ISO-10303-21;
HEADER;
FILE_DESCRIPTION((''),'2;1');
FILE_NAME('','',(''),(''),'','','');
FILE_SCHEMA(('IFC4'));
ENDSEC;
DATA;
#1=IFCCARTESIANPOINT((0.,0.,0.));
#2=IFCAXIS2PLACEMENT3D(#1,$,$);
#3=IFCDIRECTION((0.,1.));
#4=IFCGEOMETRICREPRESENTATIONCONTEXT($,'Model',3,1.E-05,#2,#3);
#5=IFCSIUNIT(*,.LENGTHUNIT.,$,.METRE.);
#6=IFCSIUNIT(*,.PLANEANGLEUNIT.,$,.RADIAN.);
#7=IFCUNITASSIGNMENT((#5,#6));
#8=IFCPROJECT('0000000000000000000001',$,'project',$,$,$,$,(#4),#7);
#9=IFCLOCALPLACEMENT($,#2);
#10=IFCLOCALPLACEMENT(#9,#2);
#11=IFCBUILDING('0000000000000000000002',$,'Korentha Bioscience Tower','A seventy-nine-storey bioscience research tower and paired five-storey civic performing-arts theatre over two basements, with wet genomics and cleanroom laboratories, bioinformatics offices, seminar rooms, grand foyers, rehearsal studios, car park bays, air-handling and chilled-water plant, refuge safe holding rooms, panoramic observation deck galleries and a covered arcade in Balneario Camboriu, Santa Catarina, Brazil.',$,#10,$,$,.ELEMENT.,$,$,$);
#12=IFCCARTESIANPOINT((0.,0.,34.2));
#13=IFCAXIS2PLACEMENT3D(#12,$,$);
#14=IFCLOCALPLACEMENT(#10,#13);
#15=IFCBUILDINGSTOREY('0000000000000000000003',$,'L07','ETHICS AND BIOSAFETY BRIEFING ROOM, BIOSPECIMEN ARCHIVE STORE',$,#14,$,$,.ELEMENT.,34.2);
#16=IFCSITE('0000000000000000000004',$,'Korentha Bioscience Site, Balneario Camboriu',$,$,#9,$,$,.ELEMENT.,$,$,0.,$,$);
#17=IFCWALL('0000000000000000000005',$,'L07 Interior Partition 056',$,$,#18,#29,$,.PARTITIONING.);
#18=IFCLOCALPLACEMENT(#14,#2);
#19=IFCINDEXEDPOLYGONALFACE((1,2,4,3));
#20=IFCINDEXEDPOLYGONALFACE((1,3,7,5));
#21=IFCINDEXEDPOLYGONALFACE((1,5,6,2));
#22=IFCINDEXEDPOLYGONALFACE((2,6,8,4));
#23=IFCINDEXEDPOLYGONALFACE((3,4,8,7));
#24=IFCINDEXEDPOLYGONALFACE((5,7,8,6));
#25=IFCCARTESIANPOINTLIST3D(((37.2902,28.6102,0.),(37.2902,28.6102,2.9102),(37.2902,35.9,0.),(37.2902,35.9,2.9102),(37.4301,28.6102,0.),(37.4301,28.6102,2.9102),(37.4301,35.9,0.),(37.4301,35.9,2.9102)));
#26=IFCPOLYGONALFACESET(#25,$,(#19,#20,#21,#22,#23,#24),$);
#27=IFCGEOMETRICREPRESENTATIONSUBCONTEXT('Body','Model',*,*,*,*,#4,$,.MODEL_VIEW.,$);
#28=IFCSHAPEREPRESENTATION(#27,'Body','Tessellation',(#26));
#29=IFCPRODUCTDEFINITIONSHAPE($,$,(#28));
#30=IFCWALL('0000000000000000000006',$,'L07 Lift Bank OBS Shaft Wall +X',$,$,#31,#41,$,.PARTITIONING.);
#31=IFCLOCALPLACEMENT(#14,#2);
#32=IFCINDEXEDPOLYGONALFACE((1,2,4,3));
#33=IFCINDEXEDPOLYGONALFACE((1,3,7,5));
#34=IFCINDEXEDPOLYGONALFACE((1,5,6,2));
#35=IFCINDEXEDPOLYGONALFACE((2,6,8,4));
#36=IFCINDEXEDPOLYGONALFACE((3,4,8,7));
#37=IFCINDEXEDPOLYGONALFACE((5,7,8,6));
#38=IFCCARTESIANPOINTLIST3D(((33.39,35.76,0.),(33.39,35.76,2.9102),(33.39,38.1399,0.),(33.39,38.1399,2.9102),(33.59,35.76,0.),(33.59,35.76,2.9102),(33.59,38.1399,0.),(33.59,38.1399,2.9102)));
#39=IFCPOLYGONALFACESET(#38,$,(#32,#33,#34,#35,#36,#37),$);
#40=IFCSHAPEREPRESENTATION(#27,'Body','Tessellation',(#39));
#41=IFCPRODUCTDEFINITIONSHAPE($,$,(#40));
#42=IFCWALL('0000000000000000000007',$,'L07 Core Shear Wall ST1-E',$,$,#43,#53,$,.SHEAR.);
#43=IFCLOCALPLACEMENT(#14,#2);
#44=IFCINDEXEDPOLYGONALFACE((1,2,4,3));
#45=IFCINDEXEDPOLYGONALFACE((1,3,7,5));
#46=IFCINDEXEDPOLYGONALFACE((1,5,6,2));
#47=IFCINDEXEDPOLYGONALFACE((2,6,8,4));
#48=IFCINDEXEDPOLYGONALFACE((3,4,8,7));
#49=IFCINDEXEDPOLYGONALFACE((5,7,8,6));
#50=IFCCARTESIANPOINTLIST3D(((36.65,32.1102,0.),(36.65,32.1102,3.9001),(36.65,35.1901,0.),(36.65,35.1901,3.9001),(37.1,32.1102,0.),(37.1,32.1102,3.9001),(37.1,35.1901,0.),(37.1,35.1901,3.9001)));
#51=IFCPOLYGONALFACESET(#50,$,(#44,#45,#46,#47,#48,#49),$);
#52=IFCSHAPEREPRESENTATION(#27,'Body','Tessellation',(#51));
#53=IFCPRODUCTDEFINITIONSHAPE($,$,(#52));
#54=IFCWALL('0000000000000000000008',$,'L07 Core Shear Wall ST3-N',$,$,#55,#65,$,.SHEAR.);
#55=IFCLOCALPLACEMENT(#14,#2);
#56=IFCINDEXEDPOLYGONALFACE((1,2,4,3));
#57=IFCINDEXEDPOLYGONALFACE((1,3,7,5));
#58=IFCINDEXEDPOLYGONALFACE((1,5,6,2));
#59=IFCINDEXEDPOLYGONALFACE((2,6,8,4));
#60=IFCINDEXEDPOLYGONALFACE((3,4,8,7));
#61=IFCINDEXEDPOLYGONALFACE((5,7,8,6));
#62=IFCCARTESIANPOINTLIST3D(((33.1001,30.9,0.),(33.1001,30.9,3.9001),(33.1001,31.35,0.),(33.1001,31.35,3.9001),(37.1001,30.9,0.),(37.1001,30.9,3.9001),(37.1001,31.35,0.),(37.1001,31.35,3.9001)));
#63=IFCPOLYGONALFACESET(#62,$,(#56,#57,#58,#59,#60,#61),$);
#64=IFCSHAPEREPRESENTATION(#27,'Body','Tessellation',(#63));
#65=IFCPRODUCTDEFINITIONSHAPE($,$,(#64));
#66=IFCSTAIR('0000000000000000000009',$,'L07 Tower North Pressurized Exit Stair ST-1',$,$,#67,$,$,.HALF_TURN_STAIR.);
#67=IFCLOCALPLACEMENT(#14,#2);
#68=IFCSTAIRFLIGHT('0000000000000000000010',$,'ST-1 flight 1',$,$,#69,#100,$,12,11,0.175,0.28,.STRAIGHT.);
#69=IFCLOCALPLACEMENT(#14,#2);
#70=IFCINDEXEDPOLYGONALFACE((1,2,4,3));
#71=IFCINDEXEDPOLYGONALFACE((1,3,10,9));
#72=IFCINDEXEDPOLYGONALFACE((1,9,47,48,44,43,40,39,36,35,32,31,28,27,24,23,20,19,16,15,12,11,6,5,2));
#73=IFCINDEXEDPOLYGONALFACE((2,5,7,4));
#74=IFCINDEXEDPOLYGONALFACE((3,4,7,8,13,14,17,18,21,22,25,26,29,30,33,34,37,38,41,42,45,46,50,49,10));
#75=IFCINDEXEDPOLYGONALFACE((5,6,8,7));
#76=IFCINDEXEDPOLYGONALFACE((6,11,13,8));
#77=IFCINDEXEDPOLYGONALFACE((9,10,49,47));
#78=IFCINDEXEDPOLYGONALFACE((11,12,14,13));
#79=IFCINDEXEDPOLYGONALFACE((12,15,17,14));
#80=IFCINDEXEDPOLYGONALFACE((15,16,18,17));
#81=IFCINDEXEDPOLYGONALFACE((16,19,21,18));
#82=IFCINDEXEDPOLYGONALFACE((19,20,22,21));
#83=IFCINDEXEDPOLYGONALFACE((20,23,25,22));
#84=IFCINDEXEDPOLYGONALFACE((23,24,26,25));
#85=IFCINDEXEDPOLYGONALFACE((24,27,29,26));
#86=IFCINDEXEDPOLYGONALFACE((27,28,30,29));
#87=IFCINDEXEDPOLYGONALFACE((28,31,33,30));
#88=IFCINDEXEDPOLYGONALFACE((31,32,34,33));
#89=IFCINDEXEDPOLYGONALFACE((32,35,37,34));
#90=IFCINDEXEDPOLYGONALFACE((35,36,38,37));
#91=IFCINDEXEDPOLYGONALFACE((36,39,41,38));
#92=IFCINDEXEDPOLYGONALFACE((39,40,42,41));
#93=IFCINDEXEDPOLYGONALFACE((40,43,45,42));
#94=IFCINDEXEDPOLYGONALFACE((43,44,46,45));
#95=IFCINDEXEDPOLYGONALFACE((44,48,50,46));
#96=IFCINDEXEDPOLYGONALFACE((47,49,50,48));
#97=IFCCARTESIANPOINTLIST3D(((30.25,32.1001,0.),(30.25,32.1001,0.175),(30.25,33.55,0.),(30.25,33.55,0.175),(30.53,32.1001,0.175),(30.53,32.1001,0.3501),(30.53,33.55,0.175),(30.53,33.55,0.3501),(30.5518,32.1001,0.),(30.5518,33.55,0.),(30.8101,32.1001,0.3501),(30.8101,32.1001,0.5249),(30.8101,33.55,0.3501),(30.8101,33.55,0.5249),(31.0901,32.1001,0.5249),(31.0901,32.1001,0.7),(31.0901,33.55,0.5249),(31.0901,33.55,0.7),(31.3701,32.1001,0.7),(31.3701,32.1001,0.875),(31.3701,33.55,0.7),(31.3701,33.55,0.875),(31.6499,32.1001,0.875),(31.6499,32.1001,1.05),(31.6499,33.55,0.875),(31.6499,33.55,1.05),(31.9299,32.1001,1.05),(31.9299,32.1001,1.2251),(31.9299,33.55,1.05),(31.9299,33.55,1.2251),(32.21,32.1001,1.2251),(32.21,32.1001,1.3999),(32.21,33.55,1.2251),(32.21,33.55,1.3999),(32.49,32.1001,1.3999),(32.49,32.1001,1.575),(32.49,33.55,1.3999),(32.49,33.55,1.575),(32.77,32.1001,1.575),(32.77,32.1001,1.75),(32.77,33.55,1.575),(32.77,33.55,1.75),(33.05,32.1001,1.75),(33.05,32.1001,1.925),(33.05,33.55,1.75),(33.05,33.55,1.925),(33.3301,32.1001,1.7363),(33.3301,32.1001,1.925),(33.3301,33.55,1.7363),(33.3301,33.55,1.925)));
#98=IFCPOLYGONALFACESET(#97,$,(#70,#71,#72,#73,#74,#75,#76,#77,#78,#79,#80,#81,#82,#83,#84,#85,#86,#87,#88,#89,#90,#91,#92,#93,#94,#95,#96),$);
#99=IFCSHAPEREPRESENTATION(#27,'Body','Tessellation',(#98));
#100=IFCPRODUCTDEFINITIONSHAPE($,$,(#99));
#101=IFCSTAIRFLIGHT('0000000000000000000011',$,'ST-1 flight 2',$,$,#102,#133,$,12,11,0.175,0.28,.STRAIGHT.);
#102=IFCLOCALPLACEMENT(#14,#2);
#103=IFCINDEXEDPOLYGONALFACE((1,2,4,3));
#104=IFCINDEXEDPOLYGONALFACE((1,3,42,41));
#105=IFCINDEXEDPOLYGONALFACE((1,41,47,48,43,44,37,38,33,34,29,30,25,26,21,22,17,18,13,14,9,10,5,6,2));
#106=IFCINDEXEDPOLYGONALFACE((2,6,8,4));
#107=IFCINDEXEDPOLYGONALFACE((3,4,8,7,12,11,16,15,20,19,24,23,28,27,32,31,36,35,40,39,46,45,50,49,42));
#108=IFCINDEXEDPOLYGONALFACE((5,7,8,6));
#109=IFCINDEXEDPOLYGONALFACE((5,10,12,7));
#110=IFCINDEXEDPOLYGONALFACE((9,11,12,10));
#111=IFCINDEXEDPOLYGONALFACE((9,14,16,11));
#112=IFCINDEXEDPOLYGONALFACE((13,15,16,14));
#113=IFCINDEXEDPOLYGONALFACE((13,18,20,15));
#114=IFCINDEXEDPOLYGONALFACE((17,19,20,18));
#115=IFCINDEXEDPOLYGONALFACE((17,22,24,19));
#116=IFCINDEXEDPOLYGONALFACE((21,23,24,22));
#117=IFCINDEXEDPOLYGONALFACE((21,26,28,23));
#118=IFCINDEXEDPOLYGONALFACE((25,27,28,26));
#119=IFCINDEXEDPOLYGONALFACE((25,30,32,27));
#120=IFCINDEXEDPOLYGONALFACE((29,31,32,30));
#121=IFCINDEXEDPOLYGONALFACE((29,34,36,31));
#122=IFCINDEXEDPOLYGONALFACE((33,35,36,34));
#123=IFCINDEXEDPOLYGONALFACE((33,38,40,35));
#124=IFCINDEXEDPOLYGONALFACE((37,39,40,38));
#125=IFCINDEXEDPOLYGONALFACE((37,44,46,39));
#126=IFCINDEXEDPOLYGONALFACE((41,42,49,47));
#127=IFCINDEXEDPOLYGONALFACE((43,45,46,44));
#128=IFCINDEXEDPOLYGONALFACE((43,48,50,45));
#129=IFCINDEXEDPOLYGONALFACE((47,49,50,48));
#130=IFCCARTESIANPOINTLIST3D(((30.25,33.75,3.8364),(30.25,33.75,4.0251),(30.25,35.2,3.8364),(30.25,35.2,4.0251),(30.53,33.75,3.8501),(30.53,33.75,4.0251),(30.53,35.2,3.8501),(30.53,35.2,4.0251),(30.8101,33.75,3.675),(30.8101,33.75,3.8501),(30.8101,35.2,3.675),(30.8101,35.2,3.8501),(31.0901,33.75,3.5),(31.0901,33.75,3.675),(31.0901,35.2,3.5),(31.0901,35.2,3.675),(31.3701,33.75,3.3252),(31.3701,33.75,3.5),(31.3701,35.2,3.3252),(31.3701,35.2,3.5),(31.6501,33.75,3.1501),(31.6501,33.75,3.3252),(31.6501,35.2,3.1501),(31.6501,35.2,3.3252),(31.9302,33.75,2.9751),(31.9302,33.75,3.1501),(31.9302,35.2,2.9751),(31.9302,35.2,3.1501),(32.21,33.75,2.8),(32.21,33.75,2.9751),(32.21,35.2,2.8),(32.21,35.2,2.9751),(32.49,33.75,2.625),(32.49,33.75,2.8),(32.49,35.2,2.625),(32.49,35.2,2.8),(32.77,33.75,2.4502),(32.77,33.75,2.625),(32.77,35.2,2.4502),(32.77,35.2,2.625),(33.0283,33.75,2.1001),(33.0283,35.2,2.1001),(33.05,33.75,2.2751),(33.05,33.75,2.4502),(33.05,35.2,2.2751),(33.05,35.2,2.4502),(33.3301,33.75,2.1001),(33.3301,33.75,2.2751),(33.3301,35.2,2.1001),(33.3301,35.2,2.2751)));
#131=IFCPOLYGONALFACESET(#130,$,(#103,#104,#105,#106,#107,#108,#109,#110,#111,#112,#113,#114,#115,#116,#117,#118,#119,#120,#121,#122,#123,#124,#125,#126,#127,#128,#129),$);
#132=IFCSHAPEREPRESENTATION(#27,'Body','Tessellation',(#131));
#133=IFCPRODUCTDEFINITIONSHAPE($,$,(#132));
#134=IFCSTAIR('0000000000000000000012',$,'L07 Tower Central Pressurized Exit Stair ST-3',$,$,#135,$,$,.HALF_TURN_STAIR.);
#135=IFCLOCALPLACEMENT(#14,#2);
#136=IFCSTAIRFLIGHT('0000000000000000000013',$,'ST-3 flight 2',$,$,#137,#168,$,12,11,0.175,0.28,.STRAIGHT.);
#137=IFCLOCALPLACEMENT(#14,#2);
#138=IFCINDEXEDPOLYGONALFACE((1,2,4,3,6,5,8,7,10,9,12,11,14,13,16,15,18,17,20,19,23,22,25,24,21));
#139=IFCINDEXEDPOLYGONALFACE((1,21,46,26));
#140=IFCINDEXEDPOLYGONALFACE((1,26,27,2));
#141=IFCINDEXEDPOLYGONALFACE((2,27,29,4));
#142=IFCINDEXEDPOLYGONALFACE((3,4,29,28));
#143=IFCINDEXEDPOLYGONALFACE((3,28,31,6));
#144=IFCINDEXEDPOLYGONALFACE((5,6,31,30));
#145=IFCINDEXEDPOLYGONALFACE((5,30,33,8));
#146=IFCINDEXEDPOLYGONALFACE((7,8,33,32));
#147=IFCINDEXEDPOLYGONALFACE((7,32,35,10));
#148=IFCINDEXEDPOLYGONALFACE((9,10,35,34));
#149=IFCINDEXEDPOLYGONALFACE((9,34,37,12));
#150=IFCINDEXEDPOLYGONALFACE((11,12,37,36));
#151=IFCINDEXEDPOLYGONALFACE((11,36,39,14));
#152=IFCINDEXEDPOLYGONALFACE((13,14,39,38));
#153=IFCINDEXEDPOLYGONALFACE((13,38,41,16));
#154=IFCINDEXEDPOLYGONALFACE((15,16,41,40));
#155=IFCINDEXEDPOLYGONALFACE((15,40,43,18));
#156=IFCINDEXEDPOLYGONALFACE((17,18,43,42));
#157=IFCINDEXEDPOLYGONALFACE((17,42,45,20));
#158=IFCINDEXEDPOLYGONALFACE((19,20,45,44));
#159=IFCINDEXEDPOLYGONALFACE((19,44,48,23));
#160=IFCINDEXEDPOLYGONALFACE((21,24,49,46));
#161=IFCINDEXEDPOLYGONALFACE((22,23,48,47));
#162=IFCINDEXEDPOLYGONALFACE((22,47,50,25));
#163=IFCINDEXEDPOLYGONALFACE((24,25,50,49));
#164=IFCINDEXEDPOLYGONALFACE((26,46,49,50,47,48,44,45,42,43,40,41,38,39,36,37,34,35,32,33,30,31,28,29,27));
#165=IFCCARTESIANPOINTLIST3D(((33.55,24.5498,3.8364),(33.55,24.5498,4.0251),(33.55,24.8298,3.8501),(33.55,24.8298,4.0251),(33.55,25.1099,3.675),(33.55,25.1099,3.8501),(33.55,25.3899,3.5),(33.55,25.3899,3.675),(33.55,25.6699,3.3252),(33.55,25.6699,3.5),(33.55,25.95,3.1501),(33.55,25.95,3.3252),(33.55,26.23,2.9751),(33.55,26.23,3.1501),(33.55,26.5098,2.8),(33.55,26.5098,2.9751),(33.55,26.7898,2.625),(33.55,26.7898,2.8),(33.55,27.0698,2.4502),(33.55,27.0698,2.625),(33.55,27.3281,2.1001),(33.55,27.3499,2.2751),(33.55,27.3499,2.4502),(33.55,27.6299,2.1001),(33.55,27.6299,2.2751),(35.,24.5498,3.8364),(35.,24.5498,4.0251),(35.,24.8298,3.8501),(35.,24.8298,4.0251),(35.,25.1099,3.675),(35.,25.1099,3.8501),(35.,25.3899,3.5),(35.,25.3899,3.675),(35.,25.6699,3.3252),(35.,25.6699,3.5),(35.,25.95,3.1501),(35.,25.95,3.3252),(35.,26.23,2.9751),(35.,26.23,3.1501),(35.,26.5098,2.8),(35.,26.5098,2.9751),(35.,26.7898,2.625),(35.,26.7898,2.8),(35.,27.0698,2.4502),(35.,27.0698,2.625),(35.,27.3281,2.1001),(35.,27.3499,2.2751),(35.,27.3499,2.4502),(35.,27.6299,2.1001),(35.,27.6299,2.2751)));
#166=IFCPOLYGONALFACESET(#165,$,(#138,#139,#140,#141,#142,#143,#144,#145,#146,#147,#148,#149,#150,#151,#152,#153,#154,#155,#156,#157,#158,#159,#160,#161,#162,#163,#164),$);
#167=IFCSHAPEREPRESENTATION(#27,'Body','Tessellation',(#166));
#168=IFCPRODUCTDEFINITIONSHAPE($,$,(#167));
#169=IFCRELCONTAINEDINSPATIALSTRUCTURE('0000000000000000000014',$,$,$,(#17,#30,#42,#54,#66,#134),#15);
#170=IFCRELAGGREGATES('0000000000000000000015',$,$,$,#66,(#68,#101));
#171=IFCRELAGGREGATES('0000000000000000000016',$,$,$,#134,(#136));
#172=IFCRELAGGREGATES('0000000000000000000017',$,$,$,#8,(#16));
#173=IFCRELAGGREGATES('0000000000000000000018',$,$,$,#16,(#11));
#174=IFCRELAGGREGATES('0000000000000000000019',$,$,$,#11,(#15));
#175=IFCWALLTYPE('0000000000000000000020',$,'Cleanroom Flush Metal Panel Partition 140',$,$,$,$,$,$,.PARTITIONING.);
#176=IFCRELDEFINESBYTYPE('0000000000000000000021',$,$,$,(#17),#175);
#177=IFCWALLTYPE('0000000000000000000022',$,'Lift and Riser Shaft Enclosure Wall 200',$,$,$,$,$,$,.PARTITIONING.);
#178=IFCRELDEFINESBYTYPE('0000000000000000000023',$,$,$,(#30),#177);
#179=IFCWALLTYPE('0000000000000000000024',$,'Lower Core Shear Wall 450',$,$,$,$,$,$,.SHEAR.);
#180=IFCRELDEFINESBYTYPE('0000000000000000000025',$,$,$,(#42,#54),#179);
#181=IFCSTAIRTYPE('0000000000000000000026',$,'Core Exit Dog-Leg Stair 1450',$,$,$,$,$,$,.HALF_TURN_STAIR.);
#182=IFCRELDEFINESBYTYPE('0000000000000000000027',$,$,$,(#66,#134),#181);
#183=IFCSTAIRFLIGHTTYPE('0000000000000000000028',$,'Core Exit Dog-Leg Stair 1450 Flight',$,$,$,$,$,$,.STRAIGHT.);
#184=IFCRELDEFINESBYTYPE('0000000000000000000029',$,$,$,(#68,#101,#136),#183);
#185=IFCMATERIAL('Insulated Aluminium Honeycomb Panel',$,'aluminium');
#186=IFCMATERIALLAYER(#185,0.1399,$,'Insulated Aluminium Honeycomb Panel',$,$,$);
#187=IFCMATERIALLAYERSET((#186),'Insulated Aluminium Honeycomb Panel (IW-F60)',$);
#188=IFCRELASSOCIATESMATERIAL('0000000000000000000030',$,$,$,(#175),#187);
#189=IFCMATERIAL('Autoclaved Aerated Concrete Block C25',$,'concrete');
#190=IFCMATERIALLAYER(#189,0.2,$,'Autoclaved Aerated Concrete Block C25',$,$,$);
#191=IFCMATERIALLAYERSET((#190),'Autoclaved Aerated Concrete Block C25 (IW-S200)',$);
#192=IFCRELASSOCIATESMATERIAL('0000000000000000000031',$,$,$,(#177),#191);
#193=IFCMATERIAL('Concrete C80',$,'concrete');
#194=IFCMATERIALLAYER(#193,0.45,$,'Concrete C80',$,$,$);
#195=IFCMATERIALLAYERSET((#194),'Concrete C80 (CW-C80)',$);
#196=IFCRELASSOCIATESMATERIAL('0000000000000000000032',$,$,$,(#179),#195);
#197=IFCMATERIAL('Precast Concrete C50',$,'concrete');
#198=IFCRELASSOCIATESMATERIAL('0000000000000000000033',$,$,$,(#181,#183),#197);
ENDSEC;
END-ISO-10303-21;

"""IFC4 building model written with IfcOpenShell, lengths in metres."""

from ifc_helpers import new_model, si_unit, direction, frame, frame_2d, origin, place, context, subcontext, project, spatial, polyline, rectangle, outline, extrude, material, layer, layer_set, type_object, element, aggregate, save


model = new_model("IFC4")

# Units and contexts
model_context = context("Model", 3, precision=1e-05, world=origin(), true_north=direction((0.0, 1.0)))
body_context = subcontext(model_context, "Body", "Model", "MODEL_VIEW")
ifc_project = project(units=[si_unit("LENGTHUNIT", "METRE"), si_unit("PLANEANGLEUNIT", "RADIAN")], contexts=[model_context])

# Site, building, storey
site_placement = place(None, origin())
site = spatial("IfcSite", under=ifc_project, at=site_placement, Name="Korentha Bioscience Site, Balneario Camboriu", CompositionType="ELEMENT", RefElevation=0.0)
building_placement = place(site_placement, origin())
building = spatial("IfcBuilding", under=site, at=building_placement, Name="Korentha Bioscience Tower", Description="A seventy-nine-storey bioscience research tower and paired five-storey civic performing-arts theatre over two basements, with wet genomics and cleanroom laboratories, bioinformatics offices, seminar rooms, grand foyers, rehearsal studios, car park bays, air-handling and chilled-water plant, refuge safe holding rooms, panoramic observation deck galleries and a covered arcade in Balneario Camboriu, Santa Catarina, Brazil.", CompositionType="ELEMENT")
storey_placement = place(building_placement, frame((0.0, 0.0, 34.2)))
storey = spatial("IfcBuildingStorey", under=building, at=storey_placement, Name="L07", Description="ETHICS AND BIOSAFETY BRIEFING ROOM, BIOSPECIMEN ARCHIVE STORE", CompositionType="ELEMENT", Elevation=34.2)

# Walls
ifc_material_1 = material(Name="Insulated Aluminium Honeycomb Panel", Category="aluminium")
ifc_layer_1 = layer(ifc_material_1, 0.1399, Name="Insulated Aluminium Honeycomb Panel")
ifc_layer_set_1 = layer_set([ifc_layer_1], Name="Insulated Aluminium Honeycomb Panel (IW-F60)")
wall_type_1 = type_object("IfcWallType", Name="Cleanroom Flush Metal Panel Partition 140", PredefinedType="PARTITIONING", material=ifc_layer_set_1)
wall_1_placement = place(storey_placement, frame((37.3601, 28.6101, 0.0), z_axis=(0.0, 0.0, 1.0), x_axis=(0.0, 1.0, 0.0)))
element("IfcWall", 1, at=wall_1_placement, inside=storey, type_object=wall_type_1, Name="L07 Interior Partition 056", PredefinedType="PARTITIONING", context=body_context, shape_type="SweptSolid", body=[
    extrude(rectangle(XDim=7.2898, YDim=0.1399, at=frame_2d((3.645, 0.0))), origin(), (0.0, 0.0, 1.0), 2.9102),
])
ifc_material_2 = material(Name="Autoclaved Aerated Concrete Block C25", Category="concrete")
ifc_layer_2 = layer(ifc_material_2, 0.2, Name="Autoclaved Aerated Concrete Block C25")
ifc_layer_set_2 = layer_set([ifc_layer_2], Name="Autoclaved Aerated Concrete Block C25 (IW-S200)")
wall_type_2 = type_object("IfcWallType", Name="Lift and Riser Shaft Enclosure Wall 200", PredefinedType="PARTITIONING", material=ifc_layer_set_2)
wall_2_placement = place(storey_placement, frame((33.49, 35.76, 0.0), z_axis=(0.0, 0.0, 1.0), x_axis=(0.0, 1.0, 0.0)))
element("IfcWall", 2, at=wall_2_placement, inside=storey, type_object=wall_type_2, Name="L07 Lift Bank OBS Shaft Wall +X", PredefinedType="PARTITIONING", context=body_context, shape_type="SweptSolid", body=[
    extrude(rectangle(XDim=2.3799, YDim=0.2, at=frame_2d((1.1899, 0.0))), origin(), (0.0, 0.0, 1.0), 2.9102),
])
ifc_material_3 = material(Name="Concrete C80", Category="concrete")
ifc_layer_3 = layer(ifc_material_3, 0.45, Name="Concrete C80")
ifc_layer_set_3 = layer_set([ifc_layer_3], Name="Concrete C80 (CW-C80)")
wall_type_3 = type_object("IfcWallType", Name="Lower Core Shear Wall 450", PredefinedType="SHEAR", material=ifc_layer_set_3)
wall_3_placement = place(storey_placement, frame((36.875, 32.1101, 0.0), z_axis=(0.0, 0.0, 1.0), x_axis=(0.0, 1.0, 0.0)))
element("IfcWall", 3, at=wall_3_placement, inside=storey, type_object=wall_type_3, Name="L07 Core Shear Wall ST1-E", PredefinedType="SHEAR", context=body_context, shape_type="SweptSolid", body=[
    extrude(rectangle(XDim=3.0798, YDim=0.45, at=frame_2d((1.54, 0.0))), origin(), (0.0, 0.0, 1.0), 3.9001),
])
wall_4_placement = place(storey_placement, frame((33.1001, 31.125, 0.0), z_axis=(0.0, 0.0, 1.0), x_axis=(1.0, 0.0, 0.0)))
element("IfcWall", 4, at=wall_4_placement, inside=storey, type_object=wall_type_3, Name="L07 Core Shear Wall ST3-N", PredefinedType="SHEAR", context=body_context, shape_type="SweptSolid", body=[
    extrude(rectangle(XDim=4.0, YDim=0.45, at=frame_2d((2.0, 0.0))), origin(), (0.0, 0.0, 1.0), 3.9001),
])

# Stair, stair flights
ifc_material_4 = material(Name="Precast Concrete C50", Category="concrete")
stair_type = type_object("IfcStairType", Name="Core Exit Dog-Leg Stair 1450", PredefinedType="HALF_TURN_STAIR", material=ifc_material_4)
stair_1_placement = place(storey_placement, origin())
stair_1 = element("IfcStair", 5, at=stair_1_placement, inside=storey, type_object=stair_type, Name="L07 Tower North Pressurized Exit Stair ST-1", PredefinedType="HALF_TURN_STAIR")
stair_flight_type = type_object("IfcStairFlightType", Name="Core Exit Dog-Leg Stair 1450 Flight", PredefinedType="STRAIGHT", material=ifc_material_4)
stair_flight_1_placement = place(storey_placement, frame((30.25, 32.825, 0.0), z_axis=(0.0, 0.0, 1.0), x_axis=(1.0, 0.0, 0.0)))
stair_flight_1 = element("IfcStairFlight", 6, at=stair_flight_1_placement, type_object=stair_flight_type, Name="ST-1 flight 1", NumberOfRisers=12, NumberOfTreads=11, PredefinedType="STRAIGHT", RiserHeight=0.175, TreadLength=0.28, context=body_context, shape_type="SweptSolid", body=[
    extrude(outline(polyline([(0.0, 0.0), (0.0, 0.175), (0.28, 0.175), (0.28, 0.3501), (0.5601, 0.3501), (0.5601, 0.5249), (0.8401, 0.5249), (0.8401, 0.7), (1.1201, 0.7), (1.1201, 0.875), (1.3999, 0.875), (1.3999, 1.05), (1.6799, 1.05), (1.6799, 1.2251), (1.96, 1.2251), (1.96, 1.3999), (2.24, 1.3999), (2.24, 1.575), (2.52, 1.575), (2.52, 1.75), (2.8, 1.75), (2.8, 1.925), (3.0801, 1.925), (3.0801, 2.1001), (3.0801, 1.7363), (0.3018, 0.0), (0.0, 0.0)])), frame((0.0, 0.7251, 0.0), z_axis=(0.0, -1.0, 0.0), x_axis=(1.0, 0.0, 0.0)), (0.0, 0.0, 1.0), 1.45),
])
stair_flight_2_placement = place(storey_placement, frame((33.3301, 34.4751, 2.1001), z_axis=(0.0, 0.0, 1.0), x_axis=(-1.0, 0.0, 0.0)))
stair_flight_2 = element("IfcStairFlight", 7, at=stair_flight_2_placement, type_object=stair_flight_type, Name="ST-1 flight 2", NumberOfRisers=12, NumberOfTreads=11, PredefinedType="STRAIGHT", RiserHeight=0.175, TreadLength=0.28, context=body_context, shape_type="SweptSolid", body=[
    extrude(outline(polyline([(0.0, 0.0), (0.0, 0.175), (0.28, 0.175), (0.28, 0.3501), (0.5601, 0.3501), (0.5601, 0.5249), (0.8401, 0.5249), (0.8401, 0.7), (1.1201, 0.7), (1.1201, 0.875), (1.3999, 0.875), (1.3999, 1.05), (1.6799, 1.05), (1.6799, 1.2251), (1.96, 1.2251), (1.96, 1.3999), (2.24, 1.3999), (2.24, 1.575), (2.52, 1.575), (2.52, 1.75), (2.8, 1.75), (2.8, 1.925), (3.0801, 1.925), (3.0801, 2.1001), (3.0801, 1.7363), (0.3018, 0.0), (0.0, 0.0)])), frame((0.0, 0.7251, 0.0), z_axis=(0.0, -1.0, 0.0), x_axis=(1.0, 0.0, 0.0)), (0.0, 0.0, 1.0), 1.45),
])
aggregate(stair_1, [stair_flight_1, stair_flight_2])

# Stair, stair flight
stair_2_placement = place(storey_placement, origin())
stair_2 = element("IfcStair", 8, at=stair_2_placement, inside=storey, type_object=stair_type, Name="L07 Tower Central Pressurized Exit Stair ST-3", PredefinedType="HALF_TURN_STAIR")
stair_flight_3_placement = place(storey_placement, frame((34.2749, 27.6299, 2.1001), z_axis=(0.0, 0.0, 1.0), x_axis=(0.0, -1.0, 0.0)))
stair_flight_3 = element("IfcStairFlight", 9, at=stair_flight_3_placement, type_object=stair_flight_type, Name="ST-3 flight 2", NumberOfRisers=12, NumberOfTreads=11, PredefinedType="STRAIGHT", RiserHeight=0.175, TreadLength=0.28, context=body_context, shape_type="SweptSolid", body=[
    extrude(outline(polyline([(0.0, 0.0), (0.0, 0.175), (0.28, 0.175), (0.28, 0.3501), (0.5601, 0.3501), (0.5601, 0.5249), (0.8401, 0.5249), (0.8401, 0.7), (1.1201, 0.7), (1.1201, 0.875), (1.3999, 0.875), (1.3999, 1.05), (1.6799, 1.05), (1.6799, 1.2251), (1.96, 1.2251), (1.96, 1.3999), (2.24, 1.3999), (2.24, 1.575), (2.52, 1.575), (2.52, 1.75), (2.8, 1.75), (2.8, 1.925), (3.0801, 1.925), (3.0801, 2.1001), (3.0801, 1.7363), (0.3018, 0.0), (0.0, 0.0)])), frame((0.0, 0.7251, 0.0), z_axis=(0.0, -1.0, 0.0), x_axis=(1.0, 0.0, 0.0)), (0.0, 0.0, 1.0), 1.45),
])
aggregate(stair_2, [stair_flight_3])

save(model, "model.ifc")
